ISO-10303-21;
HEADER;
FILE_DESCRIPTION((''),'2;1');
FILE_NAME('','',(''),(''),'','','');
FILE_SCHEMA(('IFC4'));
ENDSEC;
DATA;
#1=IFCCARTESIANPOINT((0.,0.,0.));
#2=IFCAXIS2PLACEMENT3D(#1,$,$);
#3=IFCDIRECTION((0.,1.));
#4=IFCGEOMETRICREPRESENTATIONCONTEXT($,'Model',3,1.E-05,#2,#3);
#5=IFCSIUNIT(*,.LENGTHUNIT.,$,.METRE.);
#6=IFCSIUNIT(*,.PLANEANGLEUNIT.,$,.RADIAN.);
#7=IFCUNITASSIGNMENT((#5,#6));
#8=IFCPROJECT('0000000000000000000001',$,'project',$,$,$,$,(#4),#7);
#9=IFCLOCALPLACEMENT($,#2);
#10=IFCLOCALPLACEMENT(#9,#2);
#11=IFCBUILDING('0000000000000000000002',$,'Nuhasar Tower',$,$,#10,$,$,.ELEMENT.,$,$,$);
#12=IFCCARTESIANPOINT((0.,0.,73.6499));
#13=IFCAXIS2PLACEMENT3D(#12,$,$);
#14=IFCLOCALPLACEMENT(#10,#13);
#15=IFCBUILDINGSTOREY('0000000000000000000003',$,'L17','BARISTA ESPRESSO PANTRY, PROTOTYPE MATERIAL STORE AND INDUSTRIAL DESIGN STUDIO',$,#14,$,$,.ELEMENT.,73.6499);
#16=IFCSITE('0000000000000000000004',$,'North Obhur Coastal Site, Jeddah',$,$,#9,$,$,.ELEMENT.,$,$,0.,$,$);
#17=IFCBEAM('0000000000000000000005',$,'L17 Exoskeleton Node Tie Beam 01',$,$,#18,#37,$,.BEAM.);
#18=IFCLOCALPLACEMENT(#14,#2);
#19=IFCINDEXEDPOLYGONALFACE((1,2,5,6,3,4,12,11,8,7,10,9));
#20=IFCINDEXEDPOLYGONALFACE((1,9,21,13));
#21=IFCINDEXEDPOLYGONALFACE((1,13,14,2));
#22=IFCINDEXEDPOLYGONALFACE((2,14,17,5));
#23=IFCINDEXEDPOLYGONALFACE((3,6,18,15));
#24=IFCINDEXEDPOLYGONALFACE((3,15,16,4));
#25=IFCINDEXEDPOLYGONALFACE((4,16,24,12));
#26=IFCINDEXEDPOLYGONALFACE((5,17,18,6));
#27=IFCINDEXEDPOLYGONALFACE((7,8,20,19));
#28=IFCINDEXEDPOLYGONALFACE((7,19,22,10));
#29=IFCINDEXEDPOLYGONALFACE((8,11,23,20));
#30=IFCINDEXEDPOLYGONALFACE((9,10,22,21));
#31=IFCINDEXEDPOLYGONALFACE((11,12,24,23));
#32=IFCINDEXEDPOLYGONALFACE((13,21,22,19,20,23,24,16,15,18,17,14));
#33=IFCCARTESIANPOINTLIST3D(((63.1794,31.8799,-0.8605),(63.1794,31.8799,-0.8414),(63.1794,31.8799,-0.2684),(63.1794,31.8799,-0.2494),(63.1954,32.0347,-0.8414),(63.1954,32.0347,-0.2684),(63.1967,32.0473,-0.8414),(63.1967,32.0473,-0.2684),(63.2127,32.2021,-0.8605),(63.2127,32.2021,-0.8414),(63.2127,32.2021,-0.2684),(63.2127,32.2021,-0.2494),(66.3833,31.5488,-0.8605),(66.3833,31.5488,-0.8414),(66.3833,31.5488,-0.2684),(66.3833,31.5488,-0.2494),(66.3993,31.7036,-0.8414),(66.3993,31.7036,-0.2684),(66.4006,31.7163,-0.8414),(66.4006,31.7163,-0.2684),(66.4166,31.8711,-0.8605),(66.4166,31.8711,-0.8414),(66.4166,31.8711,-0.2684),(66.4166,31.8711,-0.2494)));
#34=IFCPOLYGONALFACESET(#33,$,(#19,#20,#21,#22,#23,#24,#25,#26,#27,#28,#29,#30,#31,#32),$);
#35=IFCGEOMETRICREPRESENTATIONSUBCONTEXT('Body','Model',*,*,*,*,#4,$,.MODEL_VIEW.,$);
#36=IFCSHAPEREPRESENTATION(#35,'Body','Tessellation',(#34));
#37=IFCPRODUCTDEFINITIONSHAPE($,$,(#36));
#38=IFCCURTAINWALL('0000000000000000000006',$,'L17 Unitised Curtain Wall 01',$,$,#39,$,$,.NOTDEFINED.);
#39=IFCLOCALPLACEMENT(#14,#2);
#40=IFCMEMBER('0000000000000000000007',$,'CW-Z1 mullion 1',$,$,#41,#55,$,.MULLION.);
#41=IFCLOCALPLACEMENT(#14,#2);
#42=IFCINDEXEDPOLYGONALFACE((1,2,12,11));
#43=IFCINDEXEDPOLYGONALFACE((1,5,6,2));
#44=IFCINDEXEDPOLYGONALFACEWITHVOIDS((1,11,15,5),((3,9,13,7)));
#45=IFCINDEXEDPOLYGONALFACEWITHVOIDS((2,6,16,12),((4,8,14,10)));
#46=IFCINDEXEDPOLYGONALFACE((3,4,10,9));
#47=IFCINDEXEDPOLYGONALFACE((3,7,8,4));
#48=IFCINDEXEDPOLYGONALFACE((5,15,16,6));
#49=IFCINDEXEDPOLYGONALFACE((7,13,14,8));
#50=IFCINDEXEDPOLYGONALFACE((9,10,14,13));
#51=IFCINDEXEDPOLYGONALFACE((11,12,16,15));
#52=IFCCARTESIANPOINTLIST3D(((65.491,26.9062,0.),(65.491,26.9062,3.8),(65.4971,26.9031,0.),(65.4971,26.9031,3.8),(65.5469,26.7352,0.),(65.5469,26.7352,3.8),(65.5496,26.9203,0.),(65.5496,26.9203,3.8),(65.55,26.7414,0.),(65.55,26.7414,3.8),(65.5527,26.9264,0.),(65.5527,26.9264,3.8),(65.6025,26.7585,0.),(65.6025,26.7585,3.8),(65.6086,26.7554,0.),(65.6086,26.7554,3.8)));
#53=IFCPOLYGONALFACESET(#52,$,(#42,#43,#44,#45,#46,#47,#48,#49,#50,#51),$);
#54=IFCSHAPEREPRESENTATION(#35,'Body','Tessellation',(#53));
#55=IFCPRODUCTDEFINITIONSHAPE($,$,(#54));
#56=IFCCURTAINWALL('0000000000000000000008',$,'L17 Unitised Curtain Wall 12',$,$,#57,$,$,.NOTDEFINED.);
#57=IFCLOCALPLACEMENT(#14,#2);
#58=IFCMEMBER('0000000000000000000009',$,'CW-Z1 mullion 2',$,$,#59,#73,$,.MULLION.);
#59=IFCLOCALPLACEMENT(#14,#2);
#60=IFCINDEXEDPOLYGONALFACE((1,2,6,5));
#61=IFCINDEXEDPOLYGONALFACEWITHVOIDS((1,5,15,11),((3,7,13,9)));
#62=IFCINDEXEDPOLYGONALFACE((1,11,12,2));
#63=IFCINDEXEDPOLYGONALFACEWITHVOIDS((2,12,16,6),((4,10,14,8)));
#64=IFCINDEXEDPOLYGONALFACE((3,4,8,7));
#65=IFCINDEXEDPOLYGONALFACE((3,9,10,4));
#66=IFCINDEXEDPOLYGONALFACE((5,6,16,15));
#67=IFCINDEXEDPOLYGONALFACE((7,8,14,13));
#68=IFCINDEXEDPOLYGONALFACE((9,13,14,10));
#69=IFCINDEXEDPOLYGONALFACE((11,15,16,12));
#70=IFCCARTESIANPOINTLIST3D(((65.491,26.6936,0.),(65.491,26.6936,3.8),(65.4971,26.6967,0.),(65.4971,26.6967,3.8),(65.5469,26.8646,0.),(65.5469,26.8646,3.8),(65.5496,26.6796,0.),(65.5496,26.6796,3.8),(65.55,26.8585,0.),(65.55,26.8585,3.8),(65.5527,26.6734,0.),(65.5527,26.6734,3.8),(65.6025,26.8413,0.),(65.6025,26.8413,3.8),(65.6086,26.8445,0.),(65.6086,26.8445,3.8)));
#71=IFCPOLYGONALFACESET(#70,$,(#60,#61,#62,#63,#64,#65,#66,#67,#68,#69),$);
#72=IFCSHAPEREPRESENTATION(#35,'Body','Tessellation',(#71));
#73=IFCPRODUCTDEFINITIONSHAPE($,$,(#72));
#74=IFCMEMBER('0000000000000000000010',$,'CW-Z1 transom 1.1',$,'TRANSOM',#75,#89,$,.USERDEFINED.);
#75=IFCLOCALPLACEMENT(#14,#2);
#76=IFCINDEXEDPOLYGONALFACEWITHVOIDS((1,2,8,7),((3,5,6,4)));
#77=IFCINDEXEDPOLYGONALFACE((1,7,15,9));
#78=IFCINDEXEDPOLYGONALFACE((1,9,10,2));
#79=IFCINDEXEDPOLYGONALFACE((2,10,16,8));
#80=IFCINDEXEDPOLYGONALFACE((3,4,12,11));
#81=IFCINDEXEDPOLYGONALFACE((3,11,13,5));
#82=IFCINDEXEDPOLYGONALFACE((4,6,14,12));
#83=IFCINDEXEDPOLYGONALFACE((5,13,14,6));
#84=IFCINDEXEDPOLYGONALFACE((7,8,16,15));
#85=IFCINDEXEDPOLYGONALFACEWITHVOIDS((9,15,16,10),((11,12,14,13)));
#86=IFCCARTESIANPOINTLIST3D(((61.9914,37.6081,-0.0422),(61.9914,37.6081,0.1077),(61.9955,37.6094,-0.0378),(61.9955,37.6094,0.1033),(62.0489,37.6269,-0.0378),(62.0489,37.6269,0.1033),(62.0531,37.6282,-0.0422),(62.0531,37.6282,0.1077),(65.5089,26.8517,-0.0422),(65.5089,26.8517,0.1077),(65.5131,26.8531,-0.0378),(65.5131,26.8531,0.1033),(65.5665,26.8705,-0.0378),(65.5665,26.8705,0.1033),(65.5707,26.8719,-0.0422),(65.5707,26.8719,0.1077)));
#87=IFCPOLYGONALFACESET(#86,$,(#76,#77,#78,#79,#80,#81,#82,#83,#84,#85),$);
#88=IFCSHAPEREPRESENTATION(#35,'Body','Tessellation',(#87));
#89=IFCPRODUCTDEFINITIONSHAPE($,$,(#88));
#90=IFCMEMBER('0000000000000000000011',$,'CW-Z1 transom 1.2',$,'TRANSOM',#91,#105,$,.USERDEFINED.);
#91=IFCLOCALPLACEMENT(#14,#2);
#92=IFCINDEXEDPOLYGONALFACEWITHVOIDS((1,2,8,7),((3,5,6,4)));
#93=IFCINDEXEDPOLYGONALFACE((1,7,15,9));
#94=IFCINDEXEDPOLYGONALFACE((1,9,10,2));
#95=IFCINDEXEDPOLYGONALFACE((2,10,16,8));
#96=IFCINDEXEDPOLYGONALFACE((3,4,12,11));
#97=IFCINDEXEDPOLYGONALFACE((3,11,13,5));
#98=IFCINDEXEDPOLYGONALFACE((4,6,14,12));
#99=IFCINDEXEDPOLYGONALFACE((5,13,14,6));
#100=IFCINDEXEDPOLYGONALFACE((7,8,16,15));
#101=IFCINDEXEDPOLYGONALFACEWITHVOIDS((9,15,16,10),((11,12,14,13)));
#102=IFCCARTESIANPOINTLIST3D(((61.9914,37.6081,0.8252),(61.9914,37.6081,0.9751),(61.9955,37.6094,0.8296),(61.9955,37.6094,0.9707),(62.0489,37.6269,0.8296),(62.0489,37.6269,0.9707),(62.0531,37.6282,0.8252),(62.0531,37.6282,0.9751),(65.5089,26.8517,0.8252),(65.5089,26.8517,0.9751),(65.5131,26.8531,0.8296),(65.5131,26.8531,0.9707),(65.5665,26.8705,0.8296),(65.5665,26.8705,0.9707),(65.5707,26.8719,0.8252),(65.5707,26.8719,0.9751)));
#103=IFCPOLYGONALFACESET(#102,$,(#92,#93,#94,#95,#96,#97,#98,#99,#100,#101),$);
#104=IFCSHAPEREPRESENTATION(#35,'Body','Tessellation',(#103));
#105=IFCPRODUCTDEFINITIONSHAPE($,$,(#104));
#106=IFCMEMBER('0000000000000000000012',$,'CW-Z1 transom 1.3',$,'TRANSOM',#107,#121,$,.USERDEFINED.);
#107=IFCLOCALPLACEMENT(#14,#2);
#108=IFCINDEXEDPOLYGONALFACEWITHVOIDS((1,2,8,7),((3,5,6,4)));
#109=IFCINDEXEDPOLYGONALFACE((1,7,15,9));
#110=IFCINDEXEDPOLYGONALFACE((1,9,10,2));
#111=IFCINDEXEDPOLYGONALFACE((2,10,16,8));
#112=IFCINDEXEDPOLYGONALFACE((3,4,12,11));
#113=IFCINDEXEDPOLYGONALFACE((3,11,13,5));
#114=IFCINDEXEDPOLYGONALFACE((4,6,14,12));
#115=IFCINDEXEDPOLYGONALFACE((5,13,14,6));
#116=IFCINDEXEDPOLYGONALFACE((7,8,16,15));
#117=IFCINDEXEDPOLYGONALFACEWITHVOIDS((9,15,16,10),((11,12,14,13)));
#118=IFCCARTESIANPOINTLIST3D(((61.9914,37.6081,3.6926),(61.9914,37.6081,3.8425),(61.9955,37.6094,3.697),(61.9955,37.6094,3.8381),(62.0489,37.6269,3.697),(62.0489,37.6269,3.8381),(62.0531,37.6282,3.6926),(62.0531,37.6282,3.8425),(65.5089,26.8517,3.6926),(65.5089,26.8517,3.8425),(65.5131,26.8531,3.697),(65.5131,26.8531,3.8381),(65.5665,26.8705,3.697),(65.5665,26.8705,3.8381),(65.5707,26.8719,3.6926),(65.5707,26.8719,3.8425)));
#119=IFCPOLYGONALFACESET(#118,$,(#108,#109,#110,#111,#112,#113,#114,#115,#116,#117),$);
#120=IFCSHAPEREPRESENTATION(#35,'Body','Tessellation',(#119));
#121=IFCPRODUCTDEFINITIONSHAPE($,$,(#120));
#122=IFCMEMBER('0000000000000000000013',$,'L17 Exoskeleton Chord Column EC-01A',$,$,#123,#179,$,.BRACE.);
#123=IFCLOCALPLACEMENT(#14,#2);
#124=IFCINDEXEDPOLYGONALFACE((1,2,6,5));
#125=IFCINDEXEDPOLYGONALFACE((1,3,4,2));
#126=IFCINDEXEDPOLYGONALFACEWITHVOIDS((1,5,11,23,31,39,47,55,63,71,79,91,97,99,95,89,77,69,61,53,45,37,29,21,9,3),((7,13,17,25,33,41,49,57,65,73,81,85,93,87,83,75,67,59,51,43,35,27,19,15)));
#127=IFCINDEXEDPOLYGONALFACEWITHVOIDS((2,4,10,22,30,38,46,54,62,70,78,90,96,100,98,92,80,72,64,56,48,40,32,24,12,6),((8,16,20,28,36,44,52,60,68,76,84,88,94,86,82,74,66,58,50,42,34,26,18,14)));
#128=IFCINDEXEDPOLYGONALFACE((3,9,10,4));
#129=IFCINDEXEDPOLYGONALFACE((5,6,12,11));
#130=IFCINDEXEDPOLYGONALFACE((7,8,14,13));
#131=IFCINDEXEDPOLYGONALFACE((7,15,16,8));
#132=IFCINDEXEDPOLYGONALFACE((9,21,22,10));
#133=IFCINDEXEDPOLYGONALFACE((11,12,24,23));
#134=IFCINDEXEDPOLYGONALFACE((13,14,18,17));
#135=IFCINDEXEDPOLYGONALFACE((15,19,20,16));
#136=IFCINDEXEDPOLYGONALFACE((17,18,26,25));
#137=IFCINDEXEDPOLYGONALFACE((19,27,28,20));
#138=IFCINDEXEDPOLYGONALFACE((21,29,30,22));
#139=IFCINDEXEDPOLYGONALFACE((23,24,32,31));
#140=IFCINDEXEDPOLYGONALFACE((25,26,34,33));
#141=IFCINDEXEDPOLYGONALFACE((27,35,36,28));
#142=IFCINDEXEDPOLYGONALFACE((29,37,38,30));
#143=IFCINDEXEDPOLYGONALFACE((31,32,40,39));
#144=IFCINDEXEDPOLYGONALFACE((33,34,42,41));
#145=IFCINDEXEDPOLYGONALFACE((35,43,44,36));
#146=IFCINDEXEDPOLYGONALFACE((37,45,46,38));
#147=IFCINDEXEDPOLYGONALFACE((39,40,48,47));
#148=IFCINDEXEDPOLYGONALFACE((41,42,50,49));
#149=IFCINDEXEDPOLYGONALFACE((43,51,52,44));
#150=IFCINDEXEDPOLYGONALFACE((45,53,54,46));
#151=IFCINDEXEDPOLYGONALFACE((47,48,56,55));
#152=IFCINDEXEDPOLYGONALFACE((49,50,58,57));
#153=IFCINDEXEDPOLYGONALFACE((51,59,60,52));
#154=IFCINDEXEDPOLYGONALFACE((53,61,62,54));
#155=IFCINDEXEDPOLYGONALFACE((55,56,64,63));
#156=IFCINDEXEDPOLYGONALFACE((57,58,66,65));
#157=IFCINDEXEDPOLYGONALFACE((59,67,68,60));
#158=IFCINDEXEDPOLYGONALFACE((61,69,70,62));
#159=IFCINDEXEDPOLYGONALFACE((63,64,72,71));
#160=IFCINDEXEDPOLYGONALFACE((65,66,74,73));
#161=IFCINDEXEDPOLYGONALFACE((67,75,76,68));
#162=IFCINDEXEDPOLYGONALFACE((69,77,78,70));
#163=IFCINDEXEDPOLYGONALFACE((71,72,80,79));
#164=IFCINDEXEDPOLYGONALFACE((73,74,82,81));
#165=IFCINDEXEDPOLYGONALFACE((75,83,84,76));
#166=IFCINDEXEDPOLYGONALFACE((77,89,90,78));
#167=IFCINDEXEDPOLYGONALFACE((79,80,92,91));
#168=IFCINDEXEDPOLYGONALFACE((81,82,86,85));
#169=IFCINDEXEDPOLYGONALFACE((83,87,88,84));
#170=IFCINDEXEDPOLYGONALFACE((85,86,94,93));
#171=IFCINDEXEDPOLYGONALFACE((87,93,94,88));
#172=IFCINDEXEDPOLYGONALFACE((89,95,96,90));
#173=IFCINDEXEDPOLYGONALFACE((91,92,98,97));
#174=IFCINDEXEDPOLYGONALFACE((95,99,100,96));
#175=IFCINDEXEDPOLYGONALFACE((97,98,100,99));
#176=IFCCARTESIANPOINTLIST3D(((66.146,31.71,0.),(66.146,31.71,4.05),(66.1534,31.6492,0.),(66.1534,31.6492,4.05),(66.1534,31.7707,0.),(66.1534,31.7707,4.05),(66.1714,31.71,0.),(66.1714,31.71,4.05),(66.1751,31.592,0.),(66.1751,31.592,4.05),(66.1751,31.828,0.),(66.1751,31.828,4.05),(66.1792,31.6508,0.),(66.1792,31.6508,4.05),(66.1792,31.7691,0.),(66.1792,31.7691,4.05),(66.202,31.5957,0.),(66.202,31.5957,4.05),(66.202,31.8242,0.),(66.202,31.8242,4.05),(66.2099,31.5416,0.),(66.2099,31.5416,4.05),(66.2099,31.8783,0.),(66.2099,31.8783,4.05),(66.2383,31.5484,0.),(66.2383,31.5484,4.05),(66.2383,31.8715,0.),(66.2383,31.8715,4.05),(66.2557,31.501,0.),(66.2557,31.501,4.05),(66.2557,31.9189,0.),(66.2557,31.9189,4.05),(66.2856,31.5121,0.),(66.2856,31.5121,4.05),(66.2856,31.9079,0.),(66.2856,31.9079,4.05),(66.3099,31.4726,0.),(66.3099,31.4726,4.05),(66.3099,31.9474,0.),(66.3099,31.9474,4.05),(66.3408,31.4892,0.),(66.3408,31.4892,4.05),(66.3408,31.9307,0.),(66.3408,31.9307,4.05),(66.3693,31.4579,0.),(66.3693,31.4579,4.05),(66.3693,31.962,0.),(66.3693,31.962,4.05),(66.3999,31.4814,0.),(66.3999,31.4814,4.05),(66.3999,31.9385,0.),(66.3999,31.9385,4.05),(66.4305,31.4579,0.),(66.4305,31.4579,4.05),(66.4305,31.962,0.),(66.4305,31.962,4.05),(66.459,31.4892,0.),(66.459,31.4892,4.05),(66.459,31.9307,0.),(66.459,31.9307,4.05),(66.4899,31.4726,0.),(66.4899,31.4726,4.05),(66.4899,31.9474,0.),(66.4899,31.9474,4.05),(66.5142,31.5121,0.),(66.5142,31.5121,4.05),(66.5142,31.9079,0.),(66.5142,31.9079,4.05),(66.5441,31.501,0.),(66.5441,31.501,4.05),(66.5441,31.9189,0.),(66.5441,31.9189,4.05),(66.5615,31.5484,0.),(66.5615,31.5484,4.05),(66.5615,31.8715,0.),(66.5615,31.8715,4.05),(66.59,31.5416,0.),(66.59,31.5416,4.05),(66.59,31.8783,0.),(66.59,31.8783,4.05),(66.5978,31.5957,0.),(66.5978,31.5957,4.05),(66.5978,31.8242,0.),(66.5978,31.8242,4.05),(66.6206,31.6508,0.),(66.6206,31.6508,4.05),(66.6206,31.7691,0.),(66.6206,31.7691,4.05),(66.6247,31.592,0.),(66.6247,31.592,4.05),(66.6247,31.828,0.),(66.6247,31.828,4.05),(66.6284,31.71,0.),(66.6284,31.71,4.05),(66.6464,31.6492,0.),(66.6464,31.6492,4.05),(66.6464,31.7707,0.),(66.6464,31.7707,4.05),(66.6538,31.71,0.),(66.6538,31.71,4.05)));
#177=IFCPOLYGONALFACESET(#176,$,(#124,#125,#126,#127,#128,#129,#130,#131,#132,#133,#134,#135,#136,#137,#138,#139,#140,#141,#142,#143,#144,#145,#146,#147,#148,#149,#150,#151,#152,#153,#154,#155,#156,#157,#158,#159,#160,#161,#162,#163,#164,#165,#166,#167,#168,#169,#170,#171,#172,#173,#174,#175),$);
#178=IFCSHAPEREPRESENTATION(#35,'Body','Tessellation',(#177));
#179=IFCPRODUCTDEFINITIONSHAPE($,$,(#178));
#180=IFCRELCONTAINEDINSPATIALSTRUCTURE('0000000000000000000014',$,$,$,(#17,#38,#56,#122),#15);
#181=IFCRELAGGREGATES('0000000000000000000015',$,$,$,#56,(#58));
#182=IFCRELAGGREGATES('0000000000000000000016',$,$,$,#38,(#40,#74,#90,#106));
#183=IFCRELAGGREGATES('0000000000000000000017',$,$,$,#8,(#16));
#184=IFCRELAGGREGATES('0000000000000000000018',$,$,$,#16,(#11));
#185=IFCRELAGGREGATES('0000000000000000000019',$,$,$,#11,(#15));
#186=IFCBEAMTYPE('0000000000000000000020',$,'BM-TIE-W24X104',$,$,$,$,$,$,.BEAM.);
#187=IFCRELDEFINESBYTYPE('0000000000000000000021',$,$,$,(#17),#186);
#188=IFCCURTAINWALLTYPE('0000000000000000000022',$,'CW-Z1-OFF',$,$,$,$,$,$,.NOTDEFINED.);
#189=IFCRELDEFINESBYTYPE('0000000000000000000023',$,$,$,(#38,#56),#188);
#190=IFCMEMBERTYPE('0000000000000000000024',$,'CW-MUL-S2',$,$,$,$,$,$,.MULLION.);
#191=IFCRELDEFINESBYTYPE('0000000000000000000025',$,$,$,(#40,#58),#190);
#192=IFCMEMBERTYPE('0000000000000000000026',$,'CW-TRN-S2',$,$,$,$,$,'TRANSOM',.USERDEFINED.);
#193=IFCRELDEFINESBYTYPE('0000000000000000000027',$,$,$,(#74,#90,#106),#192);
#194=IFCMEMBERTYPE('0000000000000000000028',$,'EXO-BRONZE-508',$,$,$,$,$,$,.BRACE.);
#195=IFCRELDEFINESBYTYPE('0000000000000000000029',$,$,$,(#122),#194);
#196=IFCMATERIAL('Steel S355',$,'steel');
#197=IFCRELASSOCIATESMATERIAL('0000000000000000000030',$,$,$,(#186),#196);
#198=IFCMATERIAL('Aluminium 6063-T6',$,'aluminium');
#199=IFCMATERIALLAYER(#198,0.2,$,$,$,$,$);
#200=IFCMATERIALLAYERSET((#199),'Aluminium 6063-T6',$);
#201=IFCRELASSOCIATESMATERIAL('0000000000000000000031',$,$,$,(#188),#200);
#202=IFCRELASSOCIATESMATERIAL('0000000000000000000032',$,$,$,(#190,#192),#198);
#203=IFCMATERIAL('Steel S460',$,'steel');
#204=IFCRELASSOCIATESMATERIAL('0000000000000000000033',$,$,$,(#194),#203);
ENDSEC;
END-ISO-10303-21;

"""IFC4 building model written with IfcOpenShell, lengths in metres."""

from ifc_helpers import new_model, si_unit, direction, frame, origin, origin_2d, place, context, subcontext, project, spatial, hollow_rectangle, hollow_circle, i_section, extrude, material, layer, layer_set, material_profile, profile_set, type_object, element, aggregate, save


model = new_model("IFC4")

# Units and contexts
model_context = context("Model", 3, precision=1e-05, world=origin(), true_north=direction((0.0, 1.0)))
body_context = subcontext(model_context, "Body", "Model", "MODEL_VIEW")
ifc_project = project(units=[si_unit("LENGTHUNIT", "METRE"), si_unit("PLANEANGLEUNIT", "RADIAN")], contexts=[model_context])

# Site, building, storey
site_placement = place(None, origin())
site = spatial("IfcSite", under=ifc_project, at=site_placement, Name="North Obhur Coastal Site, Jeddah", CompositionType="ELEMENT", RefElevation=0.0)
building_placement = place(site_placement, origin())
building = spatial("IfcBuilding", under=site, at=building_placement, Name="Nuhasar Tower", CompositionType="ELEMENT")
storey_placement = place(building_placement, frame((0.0, 0.0, 73.6499)))
storey = spatial("IfcBuildingStorey", under=building, at=storey_placement, Name="L17", Description="BARISTA ESPRESSO PANTRY, PROTOTYPE MATERIAL STORE AND INDUSTRIAL DESIGN STUDIO", CompositionType="ELEMENT", Elevation=73.6499)

# Beam
ifc_material_1 = material(Name="Steel S355", Category="steel")
ifc_material_profile_1 = material_profile(ifc_material_1, i_section(OverallWidth=0.324, OverallDepth=0.6111, WebThickness=0.0127, FlangeThickness=0.019, at=origin_2d()), Name="W24X104")
ifc_profile_set_1 = profile_set([ifc_material_profile_1], Name="Steel S355")
beam_type_1 = type_object("IfcBeamType", Name="BM-TIE-W24X104", PredefinedType="BEAM", material=ifc_profile_set_1)
beam_1_placement = place(storey_placement, frame((63.196, 32.041, -0.5549), z_axis=(0.994704, -0.102783, 0.0), x_axis=(0.102783, 0.994704, 0.0)))
element("IfcBeam", 1, at=beam_1_placement, inside=storey, type_object=beam_type_1, Name="L17 Exoskeleton Node Tie Beam 01", PredefinedType="BEAM", context=body_context, shape_type="SweptSolid", body=[
    extrude(i_section(OverallWidth=0.324, OverallDepth=0.6111, WebThickness=0.0127, FlangeThickness=0.019, at=origin_2d()), origin(), (0.0, 0.0, 1.0), 3.2209),
])

# Curtain walls, members
ifc_material_2 = material(Name="Aluminium 6063-T6", Category="aluminium")
ifc_layer_1 = layer(ifc_material_2, 0.2)
ifc_layer_set_1 = layer_set([ifc_layer_1], Name="Aluminium 6063-T6")
curtain_wall_type = type_object("IfcCurtainWallType", Name="CW-Z1-OFF", PredefinedType="NOTDEFINED", material=ifc_layer_set_1)
curtain_wall_1_placement = place(storey_placement, origin())
curtain_wall_1 = element("IfcCurtainWall", 2, at=curtain_wall_1_placement, inside=storey, type_object=curtain_wall_type, Name="L17 Unitised Curtain Wall 01", PredefinedType="NOTDEFINED")
ifc_material_profile_2 = material_profile(ifc_material_2, hollow_rectangle(XDim=0.0649, YDim=0.1799, WallThickness=0.0049, at=origin_2d()), Name="CWM-2")
ifc_profile_set_2 = profile_set([ifc_material_profile_2], Name="Aluminium 6063-T6")
member_type_1 = type_object("IfcMemberType", Name="CW-MUL-S2", PredefinedType="MULLION", material=ifc_profile_set_2)
member_1_placement = place(storey_placement, frame((65.5498, 26.8308, 0.0), z_axis=(0.0, 0.0, 1.0), x_axis=(-0.950468, -0.310824, 0.0)))
member_1 = element("IfcMember", 3, at=member_1_placement, type_object=member_type_1, Name="CW-Z1 mullion 1", PredefinedType="MULLION", context=body_context, shape_type="SweptSolid", body=[
    extrude(hollow_rectangle(XDim=0.0649, YDim=0.1799, WallThickness=0.0049, at=origin_2d()), origin(), (0.0, 0.0, 1.0), 3.8),
])
curtain_wall_2_placement = place(storey_placement, origin())
curtain_wall_2 = element("IfcCurtainWall", 4, at=curtain_wall_2_placement, inside=storey, type_object=curtain_wall_type, Name="L17 Unitised Curtain Wall 12", PredefinedType="NOTDEFINED")
member_2_placement = place(storey_placement, frame((65.5498, 26.769, 0.0), z_axis=(0.0, 0.0, 1.0), x_axis=(-0.950468, 0.310824, 0.0)))
member_2 = element("IfcMember", 5, at=member_2_placement, type_object=member_type_1, Name="CW-Z1 mullion 2", PredefinedType="MULLION", context=body_context, shape_type="SweptSolid", body=[
    extrude(hollow_rectangle(XDim=0.0649, YDim=0.1799, WallThickness=0.0049, at=origin_2d()), origin(), (0.0, 0.0, 1.0), 3.8),
])
aggregate(curtain_wall_2, [member_2])

# Members
ifc_material_profile_3 = material_profile(ifc_material_2, hollow_rectangle(XDim=0.0649, YDim=0.1499, WallThickness=0.0044, at=origin_2d()), Name="CWT-2")
ifc_profile_set_3 = profile_set([ifc_material_profile_3], Name="Aluminium 6063-T6")
member_type_2 = type_object("IfcMemberType", Name="CW-TRN-S2", ElementType="TRANSOM", PredefinedType="USERDEFINED", material=ifc_profile_set_3)
member_3_placement = place(storey_placement, frame((65.5398, 26.8618, 0.0327), z_axis=(-0.310825, 0.950467, 0.0), x_axis=(-0.950467, -0.310825, 0.0)))
member_3 = element("IfcMember", 6, at=member_3_placement, type_object=member_type_2, Name="CW-Z1 transom 1.1", ObjectType="TRANSOM", PredefinedType="USERDEFINED", context=body_context, shape_type="SweptSolid", body=[
    extrude(hollow_rectangle(XDim=0.0649, YDim=0.1499, WallThickness=0.0044, at=origin_2d()), origin(), (0.0, 0.0, 1.0), 11.3169),
])
member_4_placement = place(storey_placement, frame((65.5398, 26.8618, 0.9001), z_axis=(-0.310825, 0.950467, 0.0), x_axis=(-0.950467, -0.310825, 0.0)))
member_4 = element("IfcMember", 7, at=member_4_placement, type_object=member_type_2, Name="CW-Z1 transom 1.2", ObjectType="TRANSOM", PredefinedType="USERDEFINED", context=body_context, shape_type="SweptSolid", body=[
    extrude(hollow_rectangle(XDim=0.0649, YDim=0.1499, WallThickness=0.0044, at=origin_2d()), origin(), (0.0, 0.0, 1.0), 11.3169),
])
member_5_placement = place(storey_placement, frame((65.5398, 26.8618, 3.7676), z_axis=(-0.310825, 0.950467, 0.0), x_axis=(-0.950467, -0.310825, 0.0)))
member_5 = element("IfcMember", 8, at=member_5_placement, type_object=member_type_2, Name="CW-Z1 transom 1.3", ObjectType="TRANSOM", PredefinedType="USERDEFINED", context=body_context, shape_type="SweptSolid", body=[
    extrude(hollow_rectangle(XDim=0.0649, YDim=0.1499, WallThickness=0.0044, at=origin_2d()), origin(), (0.0, 0.0, 1.0), 11.3169),
])

# Member
ifc_material_3 = material(Name="Steel S460", Category="steel")
ifc_material_profile_4 = material_profile(ifc_material_3, hollow_circle(Radius=0.2539, WallThickness=0.0254, at=origin_2d()), Name="HSS508X25.4")
ifc_profile_set_4 = profile_set([ifc_material_profile_4], Name="Steel S460")
member_type_3 = type_object("IfcMemberType", Name="EXO-BRONZE-508", PredefinedType="BRACE", material=ifc_profile_set_4)
for number, where, z_axis, x_axis, name in (
    (9, (66.3999, 31.71, 0.0), (0.0, 0.0, 1.0), (1.0, 0.0, 0.0), "L17 Exoskeleton Chord Column EC-01A"),
):
    element("IfcMember", number, at=place(storey_placement, frame(where, z_axis=z_axis, x_axis=x_axis)), inside=storey, type_object=member_type_3, Name=name, PredefinedType="BRACE", context=body_context, shape_type="SweptSolid", body=[
        extrude(hollow_circle(Radius=0.2539, WallThickness=0.0254, at=origin_2d()), origin(), (0.0, 0.0, 1.0), 4.05),
    ])

aggregate(curtain_wall_1, [member_1, member_3, member_4, member_5])

save(model, "model.ifc")
